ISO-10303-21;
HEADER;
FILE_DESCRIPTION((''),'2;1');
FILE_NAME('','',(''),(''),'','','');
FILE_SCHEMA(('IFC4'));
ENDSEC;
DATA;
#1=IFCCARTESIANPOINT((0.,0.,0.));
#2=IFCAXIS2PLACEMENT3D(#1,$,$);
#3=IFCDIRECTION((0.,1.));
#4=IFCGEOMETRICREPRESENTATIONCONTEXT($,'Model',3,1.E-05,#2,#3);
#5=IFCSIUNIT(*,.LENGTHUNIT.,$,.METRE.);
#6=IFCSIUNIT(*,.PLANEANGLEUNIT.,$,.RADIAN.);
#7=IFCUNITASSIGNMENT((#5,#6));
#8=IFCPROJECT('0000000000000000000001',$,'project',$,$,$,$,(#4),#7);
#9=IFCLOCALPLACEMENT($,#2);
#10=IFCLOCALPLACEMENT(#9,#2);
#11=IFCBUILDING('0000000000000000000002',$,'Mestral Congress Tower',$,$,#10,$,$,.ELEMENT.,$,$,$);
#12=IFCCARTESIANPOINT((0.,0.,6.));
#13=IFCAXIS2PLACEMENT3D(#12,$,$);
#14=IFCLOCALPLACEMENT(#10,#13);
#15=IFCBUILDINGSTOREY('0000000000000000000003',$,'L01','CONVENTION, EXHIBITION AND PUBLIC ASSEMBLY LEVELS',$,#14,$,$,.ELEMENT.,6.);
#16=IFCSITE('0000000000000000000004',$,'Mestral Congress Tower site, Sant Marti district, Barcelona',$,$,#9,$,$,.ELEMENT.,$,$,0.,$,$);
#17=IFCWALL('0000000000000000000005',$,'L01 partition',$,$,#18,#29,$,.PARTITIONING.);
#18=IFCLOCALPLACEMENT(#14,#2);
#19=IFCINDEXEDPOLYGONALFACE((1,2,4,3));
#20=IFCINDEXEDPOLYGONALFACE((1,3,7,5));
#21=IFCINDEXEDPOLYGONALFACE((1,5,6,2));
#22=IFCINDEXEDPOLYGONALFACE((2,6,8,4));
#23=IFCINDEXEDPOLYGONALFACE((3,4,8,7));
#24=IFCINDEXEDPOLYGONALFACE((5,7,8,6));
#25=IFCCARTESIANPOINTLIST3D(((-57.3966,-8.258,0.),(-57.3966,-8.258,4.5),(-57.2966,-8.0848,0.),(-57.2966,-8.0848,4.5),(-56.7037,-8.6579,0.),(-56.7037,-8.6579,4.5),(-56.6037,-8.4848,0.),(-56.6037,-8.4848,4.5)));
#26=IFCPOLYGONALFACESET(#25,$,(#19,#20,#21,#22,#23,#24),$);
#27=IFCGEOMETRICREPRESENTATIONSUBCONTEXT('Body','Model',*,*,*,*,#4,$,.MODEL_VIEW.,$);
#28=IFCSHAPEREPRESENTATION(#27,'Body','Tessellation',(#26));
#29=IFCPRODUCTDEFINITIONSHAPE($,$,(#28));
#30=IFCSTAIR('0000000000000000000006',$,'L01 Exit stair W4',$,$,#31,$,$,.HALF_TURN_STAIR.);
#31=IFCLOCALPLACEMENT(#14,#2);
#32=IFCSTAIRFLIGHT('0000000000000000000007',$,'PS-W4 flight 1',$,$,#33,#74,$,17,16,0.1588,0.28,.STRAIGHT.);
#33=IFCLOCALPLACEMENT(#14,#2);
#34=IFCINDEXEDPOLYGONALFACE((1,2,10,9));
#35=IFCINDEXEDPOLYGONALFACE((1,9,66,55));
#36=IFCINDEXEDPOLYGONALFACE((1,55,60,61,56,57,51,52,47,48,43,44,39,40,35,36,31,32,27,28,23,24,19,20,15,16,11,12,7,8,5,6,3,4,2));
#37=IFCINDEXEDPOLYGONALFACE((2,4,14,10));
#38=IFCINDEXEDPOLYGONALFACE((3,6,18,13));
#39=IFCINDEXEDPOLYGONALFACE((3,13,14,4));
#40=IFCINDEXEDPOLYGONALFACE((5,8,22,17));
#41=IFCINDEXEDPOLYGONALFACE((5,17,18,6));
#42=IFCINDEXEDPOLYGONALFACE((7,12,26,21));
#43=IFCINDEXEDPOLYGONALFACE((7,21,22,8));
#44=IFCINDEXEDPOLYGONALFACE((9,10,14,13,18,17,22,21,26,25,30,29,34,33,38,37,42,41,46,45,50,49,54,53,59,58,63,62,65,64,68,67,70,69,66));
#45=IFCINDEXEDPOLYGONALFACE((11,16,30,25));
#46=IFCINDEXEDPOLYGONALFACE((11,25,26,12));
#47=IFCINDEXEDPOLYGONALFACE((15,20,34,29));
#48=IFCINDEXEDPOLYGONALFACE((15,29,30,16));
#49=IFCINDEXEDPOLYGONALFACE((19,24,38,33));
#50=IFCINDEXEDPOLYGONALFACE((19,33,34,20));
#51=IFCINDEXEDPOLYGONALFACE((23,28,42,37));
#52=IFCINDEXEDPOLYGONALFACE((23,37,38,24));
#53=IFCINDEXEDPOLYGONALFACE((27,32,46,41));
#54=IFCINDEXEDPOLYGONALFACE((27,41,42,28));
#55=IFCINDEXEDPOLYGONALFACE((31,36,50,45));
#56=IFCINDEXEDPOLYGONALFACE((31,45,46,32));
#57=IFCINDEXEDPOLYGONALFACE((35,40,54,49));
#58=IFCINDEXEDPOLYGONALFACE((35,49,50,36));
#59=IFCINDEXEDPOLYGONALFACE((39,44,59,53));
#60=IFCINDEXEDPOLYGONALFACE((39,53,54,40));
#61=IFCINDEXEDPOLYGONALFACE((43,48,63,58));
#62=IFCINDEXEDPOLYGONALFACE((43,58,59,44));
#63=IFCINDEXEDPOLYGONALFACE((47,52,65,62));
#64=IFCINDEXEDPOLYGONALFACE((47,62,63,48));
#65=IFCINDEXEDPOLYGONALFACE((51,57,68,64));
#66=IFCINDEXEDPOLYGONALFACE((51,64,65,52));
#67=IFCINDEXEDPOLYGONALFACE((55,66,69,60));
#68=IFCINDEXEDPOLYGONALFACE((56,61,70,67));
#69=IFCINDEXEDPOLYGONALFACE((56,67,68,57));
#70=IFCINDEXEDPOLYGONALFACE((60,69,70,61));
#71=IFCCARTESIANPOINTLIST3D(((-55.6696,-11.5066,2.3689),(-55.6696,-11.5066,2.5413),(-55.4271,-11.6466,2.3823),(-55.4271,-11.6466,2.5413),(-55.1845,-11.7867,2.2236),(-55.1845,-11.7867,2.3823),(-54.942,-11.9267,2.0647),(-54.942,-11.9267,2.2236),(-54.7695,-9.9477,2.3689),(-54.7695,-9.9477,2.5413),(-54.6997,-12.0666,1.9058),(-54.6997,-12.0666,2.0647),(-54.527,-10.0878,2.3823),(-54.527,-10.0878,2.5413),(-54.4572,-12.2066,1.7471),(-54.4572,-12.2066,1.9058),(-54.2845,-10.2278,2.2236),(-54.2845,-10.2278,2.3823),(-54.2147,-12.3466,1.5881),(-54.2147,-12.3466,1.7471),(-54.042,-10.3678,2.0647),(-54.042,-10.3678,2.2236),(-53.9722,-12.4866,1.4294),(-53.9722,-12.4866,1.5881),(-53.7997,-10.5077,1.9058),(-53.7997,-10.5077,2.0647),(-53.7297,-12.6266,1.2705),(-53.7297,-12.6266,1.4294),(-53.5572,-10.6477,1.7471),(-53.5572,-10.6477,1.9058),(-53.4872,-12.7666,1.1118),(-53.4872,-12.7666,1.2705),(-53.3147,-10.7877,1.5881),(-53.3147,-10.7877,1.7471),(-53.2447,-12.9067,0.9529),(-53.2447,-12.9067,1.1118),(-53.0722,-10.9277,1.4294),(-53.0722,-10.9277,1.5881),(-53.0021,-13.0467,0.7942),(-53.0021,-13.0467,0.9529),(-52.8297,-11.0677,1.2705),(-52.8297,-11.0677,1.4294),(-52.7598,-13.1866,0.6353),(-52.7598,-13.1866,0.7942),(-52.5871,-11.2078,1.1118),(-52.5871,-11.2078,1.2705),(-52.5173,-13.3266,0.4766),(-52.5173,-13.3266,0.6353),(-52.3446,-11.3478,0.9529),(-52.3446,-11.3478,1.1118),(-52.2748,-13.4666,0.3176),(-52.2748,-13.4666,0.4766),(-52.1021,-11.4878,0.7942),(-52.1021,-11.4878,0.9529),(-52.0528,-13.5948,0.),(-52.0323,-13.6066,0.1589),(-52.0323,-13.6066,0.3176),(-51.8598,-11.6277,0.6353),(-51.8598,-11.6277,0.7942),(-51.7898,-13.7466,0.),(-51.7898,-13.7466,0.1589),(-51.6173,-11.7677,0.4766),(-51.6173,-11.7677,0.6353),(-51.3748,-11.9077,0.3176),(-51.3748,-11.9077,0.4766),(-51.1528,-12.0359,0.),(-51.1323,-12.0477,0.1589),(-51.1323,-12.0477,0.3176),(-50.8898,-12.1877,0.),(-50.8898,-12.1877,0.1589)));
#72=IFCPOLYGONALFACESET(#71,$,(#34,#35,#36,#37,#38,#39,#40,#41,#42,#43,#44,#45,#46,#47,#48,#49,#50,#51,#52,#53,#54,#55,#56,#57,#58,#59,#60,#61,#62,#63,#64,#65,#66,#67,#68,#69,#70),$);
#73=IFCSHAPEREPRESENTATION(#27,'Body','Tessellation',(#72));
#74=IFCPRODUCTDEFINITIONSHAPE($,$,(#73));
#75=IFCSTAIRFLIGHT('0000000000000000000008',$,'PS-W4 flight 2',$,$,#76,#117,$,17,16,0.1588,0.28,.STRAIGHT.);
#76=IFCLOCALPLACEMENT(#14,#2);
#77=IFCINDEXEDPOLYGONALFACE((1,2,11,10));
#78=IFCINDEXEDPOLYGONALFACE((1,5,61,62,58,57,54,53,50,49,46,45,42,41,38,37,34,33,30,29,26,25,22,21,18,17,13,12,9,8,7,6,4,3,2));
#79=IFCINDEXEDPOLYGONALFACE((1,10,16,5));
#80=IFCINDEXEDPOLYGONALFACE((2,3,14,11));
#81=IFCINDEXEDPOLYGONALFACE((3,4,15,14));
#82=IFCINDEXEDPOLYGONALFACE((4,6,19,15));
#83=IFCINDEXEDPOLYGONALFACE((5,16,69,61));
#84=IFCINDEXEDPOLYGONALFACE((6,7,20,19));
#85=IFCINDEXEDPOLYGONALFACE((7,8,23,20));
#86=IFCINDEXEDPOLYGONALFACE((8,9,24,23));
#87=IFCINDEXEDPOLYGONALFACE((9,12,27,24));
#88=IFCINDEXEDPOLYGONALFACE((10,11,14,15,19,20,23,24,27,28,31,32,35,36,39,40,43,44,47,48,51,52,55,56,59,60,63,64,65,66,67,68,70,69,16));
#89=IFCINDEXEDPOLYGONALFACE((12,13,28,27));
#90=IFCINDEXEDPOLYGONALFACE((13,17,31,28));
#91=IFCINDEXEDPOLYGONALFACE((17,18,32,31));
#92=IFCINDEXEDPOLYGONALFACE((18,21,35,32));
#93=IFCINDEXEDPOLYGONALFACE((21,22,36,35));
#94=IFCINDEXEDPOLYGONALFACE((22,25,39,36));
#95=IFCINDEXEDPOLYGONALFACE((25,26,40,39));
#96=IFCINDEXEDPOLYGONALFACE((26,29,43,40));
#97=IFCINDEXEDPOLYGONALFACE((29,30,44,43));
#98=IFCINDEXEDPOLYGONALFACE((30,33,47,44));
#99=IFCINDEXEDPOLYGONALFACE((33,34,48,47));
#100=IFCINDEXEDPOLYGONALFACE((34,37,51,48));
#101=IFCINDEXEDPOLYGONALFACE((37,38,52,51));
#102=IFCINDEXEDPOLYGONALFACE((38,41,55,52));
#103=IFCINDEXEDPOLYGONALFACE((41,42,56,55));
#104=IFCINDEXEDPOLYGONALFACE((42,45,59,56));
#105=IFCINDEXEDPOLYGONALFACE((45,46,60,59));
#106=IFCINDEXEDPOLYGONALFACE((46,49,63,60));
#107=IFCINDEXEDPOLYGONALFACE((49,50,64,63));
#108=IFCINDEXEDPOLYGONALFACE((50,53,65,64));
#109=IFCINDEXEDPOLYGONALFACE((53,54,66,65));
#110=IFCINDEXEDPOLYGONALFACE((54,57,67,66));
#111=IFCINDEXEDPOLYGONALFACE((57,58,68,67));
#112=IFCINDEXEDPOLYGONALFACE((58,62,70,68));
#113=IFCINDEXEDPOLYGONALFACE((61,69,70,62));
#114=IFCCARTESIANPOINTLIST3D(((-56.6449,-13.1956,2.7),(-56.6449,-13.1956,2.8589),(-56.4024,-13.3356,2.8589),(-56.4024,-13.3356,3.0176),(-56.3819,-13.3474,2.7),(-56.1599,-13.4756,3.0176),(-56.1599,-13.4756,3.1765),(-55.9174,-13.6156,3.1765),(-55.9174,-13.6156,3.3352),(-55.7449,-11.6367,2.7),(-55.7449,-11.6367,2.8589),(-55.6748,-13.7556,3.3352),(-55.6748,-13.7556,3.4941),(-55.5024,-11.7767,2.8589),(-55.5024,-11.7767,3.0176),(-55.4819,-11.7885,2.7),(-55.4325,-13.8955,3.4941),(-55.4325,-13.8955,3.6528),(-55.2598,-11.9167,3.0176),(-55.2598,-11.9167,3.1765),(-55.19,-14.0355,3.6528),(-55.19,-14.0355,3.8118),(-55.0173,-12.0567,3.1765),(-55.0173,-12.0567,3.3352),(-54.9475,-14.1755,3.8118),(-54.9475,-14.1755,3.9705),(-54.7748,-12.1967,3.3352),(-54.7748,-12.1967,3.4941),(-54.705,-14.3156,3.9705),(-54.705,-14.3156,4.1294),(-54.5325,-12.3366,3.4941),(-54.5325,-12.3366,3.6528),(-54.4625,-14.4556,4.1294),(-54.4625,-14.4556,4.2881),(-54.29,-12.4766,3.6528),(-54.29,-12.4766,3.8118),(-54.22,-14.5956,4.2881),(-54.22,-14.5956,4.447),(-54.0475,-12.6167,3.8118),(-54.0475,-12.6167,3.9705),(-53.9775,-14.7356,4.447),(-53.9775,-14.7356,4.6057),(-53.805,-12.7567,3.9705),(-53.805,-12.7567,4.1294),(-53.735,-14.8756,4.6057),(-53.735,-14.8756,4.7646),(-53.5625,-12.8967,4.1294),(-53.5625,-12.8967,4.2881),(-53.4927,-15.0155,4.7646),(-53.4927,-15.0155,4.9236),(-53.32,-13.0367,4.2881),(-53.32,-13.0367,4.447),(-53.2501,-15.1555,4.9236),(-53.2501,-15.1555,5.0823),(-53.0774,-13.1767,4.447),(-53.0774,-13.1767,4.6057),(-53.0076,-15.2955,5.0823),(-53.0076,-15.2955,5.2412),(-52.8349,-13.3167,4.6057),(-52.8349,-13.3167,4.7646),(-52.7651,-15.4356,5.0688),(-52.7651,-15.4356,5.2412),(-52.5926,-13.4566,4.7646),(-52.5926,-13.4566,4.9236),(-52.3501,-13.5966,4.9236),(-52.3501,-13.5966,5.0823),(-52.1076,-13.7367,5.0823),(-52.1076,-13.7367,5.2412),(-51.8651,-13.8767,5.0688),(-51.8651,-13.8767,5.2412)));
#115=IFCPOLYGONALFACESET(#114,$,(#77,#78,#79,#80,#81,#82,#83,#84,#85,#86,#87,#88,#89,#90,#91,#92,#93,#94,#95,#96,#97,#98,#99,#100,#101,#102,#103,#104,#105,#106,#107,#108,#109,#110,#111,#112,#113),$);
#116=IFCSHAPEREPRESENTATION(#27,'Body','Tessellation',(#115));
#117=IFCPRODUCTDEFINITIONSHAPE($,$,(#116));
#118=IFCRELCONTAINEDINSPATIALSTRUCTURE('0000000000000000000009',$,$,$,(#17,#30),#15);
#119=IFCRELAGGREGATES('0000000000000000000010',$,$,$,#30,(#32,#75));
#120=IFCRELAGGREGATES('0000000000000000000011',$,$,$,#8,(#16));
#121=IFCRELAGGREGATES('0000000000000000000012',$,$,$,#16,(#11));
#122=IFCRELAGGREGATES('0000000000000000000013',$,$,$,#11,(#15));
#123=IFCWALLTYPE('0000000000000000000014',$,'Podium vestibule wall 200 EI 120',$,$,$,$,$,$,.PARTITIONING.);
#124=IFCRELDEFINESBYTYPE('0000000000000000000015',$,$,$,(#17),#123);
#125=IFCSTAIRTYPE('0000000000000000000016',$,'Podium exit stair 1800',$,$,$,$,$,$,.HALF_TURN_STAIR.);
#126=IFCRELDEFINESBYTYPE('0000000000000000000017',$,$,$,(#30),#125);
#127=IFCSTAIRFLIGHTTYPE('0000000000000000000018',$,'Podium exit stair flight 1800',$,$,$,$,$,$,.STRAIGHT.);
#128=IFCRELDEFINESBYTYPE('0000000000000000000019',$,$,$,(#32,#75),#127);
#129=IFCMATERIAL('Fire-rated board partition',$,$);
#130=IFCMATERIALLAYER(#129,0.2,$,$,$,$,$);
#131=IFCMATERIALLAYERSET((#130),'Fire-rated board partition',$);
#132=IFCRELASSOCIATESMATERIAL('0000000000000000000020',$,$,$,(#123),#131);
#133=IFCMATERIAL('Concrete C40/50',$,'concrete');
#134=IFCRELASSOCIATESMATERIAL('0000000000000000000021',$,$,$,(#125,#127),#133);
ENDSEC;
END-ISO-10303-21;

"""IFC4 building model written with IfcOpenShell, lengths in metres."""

from ifc_helpers import new_model, si_unit, direction, frame, frame_2d, origin, place, context, subcontext, project, spatial, polyline, rectangle, outline, extrude, material, layer, layer_set, type_object, element, aggregate, save


model = new_model("IFC4")

# Units and contexts
model_context = context("Model", 3, precision=1e-05, world=origin(), true_north=direction((0.0, 1.0)))
body_context = subcontext(model_context, "Body", "Model", "MODEL_VIEW")
ifc_project = project(units=[si_unit("LENGTHUNIT", "METRE"), si_unit("PLANEANGLEUNIT", "RADIAN")], contexts=[model_context])

# Site, building, storey
site_placement = place(None, origin())
site = spatial("IfcSite", under=ifc_project, at=site_placement, Name="Mestral Congress Tower site, Sant Marti district, Barcelona", CompositionType="ELEMENT", RefElevation=0.0)
building_placement = place(site_placement, origin())
building = spatial("IfcBuilding", under=site, at=building_placement, Name="Mestral Congress Tower", CompositionType="ELEMENT")
storey_placement = place(building_placement, frame((0.0, 0.0, 6.0)))
storey = spatial("IfcBuildingStorey", under=building, at=storey_placement, Name="L01", Description="CONVENTION, EXHIBITION AND PUBLIC ASSEMBLY LEVELS", CompositionType="ELEMENT", Elevation=6.0)

# Shared definitions
ifc_material_1 = material(Name="Fire-rated board partition")
ifc_layer_1 = layer(ifc_material_1, 0.2)
ifc_layer_set_1 = layer_set([ifc_layer_1], Name="Fire-rated board partition")
wall_type_1 = type_object("IfcWallType", Name="Podium vestibule wall 200 EI 120", PredefinedType="PARTITIONING", material=ifc_layer_set_1)

# Wall
wall_1_placement = place(storey_placement, frame((-56.6538, -8.5713, 0.0), z_axis=(0.0, 0.0, 1.0), x_axis=(-0.866094, 0.499881, 0.0)))
element("IfcWall", 1, at=wall_1_placement, inside=storey, type_object=wall_type_1, Name="L01 partition", PredefinedType="PARTITIONING", context=body_context, shape_type="SweptSolid", body=[
    extrude(rectangle(XDim=0.8, YDim=0.2, at=frame_2d((0.3999, 0.0))), origin(), (0.0, 0.0, 1.0), 4.5),
])

# Stair, stair flights
ifc_material_2 = material(Name="Concrete C40/50", Category="concrete")
stair_type = type_object("IfcStairType", Name="Podium exit stair 1800", PredefinedType="HALF_TURN_STAIR", material=ifc_material_2)
stair_placement = place(storey_placement, origin())
stair = element("IfcStair", 2, at=stair_placement, inside=storey, type_object=stair_type, Name="L01 Exit stair W4", PredefinedType="HALF_TURN_STAIR")
stair_flight_type = type_object("IfcStairFlightType", Name="Podium exit stair flight 1800", PredefinedType="STRAIGHT", material=ifc_material_2)
stair_flight_1_placement = place(storey_placement, frame((-51.3398, -12.9673, 0.0), z_axis=(0.0, 0.0, 1.0), x_axis=(-0.866025, 0.5, 0.0)))
stair_flight_1 = element("IfcStairFlight", 3, at=stair_flight_1_placement, type_object=stair_flight_type, Name="PS-W4 flight 1", NumberOfRisers=17, NumberOfTreads=16, PredefinedType="STRAIGHT", RiserHeight=0.1588, TreadLength=0.28, context=body_context, shape_type="SweptSolid", body=[
    extrude(outline(polyline([(0.0, 0.0), (0.0, 0.1589), (0.28, 0.1589), (0.28, 0.3176), (0.5601, 0.3176), (0.5601, 0.4766), (0.8401, 0.4766), (0.8401, 0.6353), (1.1201, 0.6353), (1.1201, 0.7942), (1.3999, 0.7942), (1.3999, 0.9529), (1.6799, 0.9529), (1.6799, 1.1118), (1.96, 1.1118), (1.96, 1.2705), (2.24, 1.2705), (2.24, 1.4294), (2.52, 1.4294), (2.52, 1.5881), (2.8, 1.5881), (2.8, 1.7471), (3.0801, 1.7471), (3.0801, 1.9058), (3.3601, 1.9058), (3.3601, 2.0647), (3.6399, 2.0647), (3.6399, 2.2236), (3.9199, 2.2236), (3.9199, 2.3823), (4.2, 2.3823), (4.2, 2.5413), (4.48, 2.5413), (4.48, 2.7), (4.48, 2.3689), (0.3037, 0.0), (0.0, 0.0)])), frame((0.0, 0.8999, 0.0), z_axis=(0.0, -1.0, 0.0), x_axis=(1.0, 0.0, 0.0)), (0.0, 0.0, 1.0), 1.8),
])
stair_flight_2_placement = place(storey_placement, frame((-56.1948, -12.416, 2.7), z_axis=(0.0, 0.0, 1.0), x_axis=(0.866025, -0.5, 0.0)))
stair_flight_2 = element("IfcStairFlight", 4, at=stair_flight_2_placement, type_object=stair_flight_type, Name="PS-W4 flight 2", NumberOfRisers=17, NumberOfTreads=16, PredefinedType="STRAIGHT", RiserHeight=0.1588, TreadLength=0.28, context=body_context, shape_type="SweptSolid", body=[
    extrude(outline(polyline([(0.0, 0.0), (0.0, 0.1589), (0.28, 0.1589), (0.28, 0.3176), (0.5601, 0.3176), (0.5601, 0.4766), (0.8401, 0.4766), (0.8401, 0.6353), (1.1201, 0.6353), (1.1201, 0.7942), (1.3999, 0.7942), (1.3999, 0.9529), (1.6799, 0.9529), (1.6799, 1.1118), (1.96, 1.1118), (1.96, 1.2705), (2.24, 1.2705), (2.24, 1.4294), (2.52, 1.4294), (2.52, 1.5881), (2.8, 1.5881), (2.8, 1.7471), (3.0801, 1.7471), (3.0801, 1.9058), (3.3601, 1.9058), (3.3601, 2.0647), (3.6399, 2.0647), (3.6399, 2.2236), (3.9199, 2.2236), (3.9199, 2.3823), (4.2, 2.3823), (4.2, 2.5413), (4.48, 2.5413), (4.48, 2.7), (4.48, 2.3689), (0.3037, 0.0), (0.0, 0.0)])), frame((0.0, 0.8999, 0.0), z_axis=(0.0, -1.0, 0.0), x_axis=(1.0, 0.0, 0.0)), (0.0, 0.0, 1.0), 1.8),
])
aggregate(stair, [stair_flight_1, stair_flight_2])

save(model, "model.ifc")
